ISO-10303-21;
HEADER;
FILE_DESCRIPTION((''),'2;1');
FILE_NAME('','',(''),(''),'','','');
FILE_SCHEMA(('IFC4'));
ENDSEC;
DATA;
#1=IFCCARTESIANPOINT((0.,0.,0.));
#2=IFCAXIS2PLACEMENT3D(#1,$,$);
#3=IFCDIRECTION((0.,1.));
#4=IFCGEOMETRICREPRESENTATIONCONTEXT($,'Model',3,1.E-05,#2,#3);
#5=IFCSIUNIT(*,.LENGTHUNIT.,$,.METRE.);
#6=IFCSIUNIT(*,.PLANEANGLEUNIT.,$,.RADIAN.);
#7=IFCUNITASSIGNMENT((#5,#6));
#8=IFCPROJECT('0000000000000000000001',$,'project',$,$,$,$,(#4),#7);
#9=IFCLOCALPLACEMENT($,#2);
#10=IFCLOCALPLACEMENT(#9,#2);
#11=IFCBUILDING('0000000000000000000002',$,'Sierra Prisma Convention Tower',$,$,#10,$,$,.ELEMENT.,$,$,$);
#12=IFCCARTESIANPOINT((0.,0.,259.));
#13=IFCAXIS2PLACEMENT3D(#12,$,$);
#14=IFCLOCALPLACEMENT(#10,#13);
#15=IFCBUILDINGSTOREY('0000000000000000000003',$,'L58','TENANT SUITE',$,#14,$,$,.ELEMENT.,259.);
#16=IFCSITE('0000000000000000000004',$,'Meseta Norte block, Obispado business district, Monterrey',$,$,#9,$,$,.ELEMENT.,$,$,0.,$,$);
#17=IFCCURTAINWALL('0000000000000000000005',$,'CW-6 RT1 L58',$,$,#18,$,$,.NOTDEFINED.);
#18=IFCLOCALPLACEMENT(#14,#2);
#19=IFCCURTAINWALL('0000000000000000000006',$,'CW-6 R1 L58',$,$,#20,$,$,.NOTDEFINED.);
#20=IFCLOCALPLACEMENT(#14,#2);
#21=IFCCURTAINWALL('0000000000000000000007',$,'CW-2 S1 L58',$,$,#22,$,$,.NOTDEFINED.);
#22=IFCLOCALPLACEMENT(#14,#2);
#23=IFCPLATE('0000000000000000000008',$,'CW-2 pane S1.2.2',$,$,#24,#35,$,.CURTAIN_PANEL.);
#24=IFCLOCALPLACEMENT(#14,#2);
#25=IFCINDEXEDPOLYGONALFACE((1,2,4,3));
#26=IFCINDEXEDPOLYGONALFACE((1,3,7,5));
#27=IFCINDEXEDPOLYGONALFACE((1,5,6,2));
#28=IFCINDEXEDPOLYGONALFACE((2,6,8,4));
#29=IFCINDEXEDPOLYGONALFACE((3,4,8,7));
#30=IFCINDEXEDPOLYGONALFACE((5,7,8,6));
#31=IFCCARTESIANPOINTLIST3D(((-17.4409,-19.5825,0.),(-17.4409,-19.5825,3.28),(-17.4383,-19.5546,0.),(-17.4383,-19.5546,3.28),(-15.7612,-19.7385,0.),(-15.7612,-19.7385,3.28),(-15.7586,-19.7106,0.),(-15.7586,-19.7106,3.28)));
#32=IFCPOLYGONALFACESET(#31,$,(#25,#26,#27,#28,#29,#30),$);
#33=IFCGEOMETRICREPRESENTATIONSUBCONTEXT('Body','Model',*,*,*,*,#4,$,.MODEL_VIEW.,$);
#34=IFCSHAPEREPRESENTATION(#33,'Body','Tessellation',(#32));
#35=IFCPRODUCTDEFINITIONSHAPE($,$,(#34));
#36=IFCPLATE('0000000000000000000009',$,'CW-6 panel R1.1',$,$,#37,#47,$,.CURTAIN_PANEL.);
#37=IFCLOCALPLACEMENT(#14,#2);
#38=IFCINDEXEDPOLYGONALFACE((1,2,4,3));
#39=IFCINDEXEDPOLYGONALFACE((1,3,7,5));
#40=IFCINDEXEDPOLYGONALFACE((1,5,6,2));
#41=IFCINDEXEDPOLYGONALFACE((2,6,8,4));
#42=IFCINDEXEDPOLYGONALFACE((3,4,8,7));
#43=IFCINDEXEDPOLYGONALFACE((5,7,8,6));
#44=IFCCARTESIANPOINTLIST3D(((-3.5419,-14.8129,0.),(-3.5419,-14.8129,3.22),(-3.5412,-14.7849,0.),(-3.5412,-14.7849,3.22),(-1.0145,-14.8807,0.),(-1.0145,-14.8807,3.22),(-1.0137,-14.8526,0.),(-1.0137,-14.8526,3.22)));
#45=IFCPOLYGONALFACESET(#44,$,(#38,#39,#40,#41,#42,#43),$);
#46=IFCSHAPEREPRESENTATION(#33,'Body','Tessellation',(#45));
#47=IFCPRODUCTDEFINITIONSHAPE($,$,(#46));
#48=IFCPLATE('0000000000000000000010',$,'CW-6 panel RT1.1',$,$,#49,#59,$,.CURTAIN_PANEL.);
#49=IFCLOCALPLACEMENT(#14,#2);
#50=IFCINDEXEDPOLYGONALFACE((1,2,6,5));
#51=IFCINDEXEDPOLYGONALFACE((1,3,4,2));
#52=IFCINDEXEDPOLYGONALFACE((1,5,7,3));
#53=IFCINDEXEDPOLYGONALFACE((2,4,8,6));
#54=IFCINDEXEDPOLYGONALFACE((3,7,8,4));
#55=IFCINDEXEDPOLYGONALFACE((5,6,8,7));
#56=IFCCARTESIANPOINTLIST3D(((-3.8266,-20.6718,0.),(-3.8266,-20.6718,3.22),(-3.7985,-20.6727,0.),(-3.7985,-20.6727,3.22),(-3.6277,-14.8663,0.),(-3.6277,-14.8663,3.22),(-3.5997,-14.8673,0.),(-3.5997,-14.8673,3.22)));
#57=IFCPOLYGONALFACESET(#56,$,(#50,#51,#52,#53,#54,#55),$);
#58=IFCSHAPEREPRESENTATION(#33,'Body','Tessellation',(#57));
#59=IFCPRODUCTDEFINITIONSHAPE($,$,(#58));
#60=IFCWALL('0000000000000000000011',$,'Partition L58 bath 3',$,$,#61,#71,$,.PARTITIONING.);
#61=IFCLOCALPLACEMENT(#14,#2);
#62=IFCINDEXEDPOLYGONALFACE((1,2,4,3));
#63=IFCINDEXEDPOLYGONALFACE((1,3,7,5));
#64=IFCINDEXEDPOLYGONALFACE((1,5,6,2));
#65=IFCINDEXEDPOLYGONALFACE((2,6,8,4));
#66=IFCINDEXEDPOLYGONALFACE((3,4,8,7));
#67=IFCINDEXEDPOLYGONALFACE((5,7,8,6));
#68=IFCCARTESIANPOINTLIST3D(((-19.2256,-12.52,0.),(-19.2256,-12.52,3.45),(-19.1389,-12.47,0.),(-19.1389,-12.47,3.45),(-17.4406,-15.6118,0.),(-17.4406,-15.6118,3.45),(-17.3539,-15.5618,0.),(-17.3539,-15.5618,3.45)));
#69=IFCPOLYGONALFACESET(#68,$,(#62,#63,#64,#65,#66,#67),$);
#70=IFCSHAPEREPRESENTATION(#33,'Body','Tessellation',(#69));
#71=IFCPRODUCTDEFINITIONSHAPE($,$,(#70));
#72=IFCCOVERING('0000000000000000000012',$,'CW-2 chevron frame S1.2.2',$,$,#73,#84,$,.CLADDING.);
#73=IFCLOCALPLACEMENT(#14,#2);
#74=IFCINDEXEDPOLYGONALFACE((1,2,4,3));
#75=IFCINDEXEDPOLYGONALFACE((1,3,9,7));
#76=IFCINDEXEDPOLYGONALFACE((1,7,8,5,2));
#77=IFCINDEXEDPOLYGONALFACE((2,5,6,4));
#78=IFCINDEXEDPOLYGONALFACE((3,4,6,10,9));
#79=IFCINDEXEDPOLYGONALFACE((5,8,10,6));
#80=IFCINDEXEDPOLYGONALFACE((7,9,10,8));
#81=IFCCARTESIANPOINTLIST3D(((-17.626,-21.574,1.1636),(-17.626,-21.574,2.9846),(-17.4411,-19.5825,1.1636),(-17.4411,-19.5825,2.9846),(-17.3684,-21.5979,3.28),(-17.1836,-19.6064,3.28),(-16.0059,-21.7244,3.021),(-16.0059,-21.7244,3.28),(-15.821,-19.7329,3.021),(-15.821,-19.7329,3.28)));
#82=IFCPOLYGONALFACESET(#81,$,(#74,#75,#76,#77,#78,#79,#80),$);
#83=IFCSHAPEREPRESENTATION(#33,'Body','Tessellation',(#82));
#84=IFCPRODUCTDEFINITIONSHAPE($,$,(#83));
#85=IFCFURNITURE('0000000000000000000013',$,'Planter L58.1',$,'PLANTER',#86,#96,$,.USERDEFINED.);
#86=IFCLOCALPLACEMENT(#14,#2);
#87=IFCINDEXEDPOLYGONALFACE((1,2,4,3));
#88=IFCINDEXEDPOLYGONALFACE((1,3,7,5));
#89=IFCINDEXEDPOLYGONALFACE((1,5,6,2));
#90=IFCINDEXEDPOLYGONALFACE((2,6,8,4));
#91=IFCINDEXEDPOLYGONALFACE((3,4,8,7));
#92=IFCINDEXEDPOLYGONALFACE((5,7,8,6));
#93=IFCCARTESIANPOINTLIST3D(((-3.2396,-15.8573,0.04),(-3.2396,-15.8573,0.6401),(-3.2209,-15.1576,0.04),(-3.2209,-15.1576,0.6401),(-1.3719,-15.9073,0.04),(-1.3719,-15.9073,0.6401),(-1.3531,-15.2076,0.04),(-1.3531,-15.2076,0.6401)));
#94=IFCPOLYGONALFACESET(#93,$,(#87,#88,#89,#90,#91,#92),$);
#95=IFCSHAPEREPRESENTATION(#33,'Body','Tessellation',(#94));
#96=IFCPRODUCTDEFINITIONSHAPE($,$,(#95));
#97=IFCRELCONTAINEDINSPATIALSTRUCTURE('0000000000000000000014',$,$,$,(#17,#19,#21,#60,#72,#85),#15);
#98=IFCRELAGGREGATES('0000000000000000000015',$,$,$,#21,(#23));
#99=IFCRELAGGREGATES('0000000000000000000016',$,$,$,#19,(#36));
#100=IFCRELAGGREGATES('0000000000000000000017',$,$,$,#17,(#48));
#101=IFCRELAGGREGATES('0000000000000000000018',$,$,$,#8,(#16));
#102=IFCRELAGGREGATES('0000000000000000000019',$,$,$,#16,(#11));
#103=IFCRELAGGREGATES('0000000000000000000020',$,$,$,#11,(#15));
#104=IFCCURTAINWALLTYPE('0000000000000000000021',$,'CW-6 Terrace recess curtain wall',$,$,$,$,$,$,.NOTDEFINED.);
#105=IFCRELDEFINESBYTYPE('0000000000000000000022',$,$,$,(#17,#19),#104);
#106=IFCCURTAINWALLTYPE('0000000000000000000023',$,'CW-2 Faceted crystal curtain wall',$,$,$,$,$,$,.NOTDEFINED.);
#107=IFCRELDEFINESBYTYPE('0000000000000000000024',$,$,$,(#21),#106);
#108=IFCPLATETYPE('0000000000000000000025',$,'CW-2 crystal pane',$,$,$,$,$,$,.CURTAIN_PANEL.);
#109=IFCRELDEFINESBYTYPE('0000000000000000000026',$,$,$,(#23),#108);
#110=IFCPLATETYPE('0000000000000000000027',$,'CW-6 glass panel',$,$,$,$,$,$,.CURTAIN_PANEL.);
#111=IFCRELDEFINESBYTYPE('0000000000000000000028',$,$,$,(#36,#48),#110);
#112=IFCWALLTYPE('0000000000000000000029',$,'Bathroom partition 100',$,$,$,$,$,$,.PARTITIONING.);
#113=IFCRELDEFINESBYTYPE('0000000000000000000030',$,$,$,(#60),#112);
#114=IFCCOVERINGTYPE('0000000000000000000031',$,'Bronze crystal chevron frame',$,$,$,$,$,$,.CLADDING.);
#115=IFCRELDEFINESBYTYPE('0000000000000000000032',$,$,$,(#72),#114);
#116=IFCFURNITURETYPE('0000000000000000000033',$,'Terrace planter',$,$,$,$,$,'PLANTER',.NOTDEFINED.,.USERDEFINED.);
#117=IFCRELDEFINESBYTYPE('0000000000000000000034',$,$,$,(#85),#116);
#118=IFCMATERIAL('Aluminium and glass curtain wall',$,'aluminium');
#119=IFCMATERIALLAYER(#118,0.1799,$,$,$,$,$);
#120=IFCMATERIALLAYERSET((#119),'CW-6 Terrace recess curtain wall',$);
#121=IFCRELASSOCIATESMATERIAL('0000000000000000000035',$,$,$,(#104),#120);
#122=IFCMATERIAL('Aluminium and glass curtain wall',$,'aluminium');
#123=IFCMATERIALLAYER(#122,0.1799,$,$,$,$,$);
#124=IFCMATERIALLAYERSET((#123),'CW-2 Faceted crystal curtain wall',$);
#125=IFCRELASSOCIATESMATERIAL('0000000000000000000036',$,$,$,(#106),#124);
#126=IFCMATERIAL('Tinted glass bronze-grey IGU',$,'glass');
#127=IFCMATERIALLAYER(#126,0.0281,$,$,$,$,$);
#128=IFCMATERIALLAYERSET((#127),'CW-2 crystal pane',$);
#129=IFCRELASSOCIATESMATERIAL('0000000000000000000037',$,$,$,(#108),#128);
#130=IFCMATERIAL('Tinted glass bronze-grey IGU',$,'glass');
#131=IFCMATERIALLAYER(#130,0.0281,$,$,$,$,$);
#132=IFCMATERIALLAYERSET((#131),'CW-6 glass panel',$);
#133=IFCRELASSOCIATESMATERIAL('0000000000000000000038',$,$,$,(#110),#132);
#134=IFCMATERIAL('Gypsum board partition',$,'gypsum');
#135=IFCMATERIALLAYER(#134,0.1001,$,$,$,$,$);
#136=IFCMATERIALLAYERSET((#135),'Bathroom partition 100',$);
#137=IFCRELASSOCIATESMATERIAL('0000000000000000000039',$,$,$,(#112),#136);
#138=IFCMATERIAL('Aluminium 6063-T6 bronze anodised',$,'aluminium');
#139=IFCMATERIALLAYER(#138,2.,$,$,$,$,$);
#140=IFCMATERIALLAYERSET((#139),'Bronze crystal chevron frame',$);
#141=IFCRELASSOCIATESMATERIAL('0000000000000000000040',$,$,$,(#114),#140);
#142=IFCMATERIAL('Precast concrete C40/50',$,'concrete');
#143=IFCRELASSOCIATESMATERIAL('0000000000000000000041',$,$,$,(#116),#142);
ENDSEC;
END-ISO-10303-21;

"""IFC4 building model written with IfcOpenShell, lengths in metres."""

from ifc_helpers import new_model, si_unit, direction, frame, frame_2d, origin, origin_2d, place, context, subcontext, project, spatial, polyline, rectangle, outline, extrude, material, layer, layer_set, type_object, element, aggregate, save


model = new_model("IFC4")

# Units and contexts
model_context = context("Model", 3, precision=1e-05, world=origin(), true_north=direction((0.0, 1.0)))
body_context = subcontext(model_context, "Body", "Model", "MODEL_VIEW")
ifc_project = project(units=[si_unit("LENGTHUNIT", "METRE"), si_unit("PLANEANGLEUNIT", "RADIAN")], contexts=[model_context])

# Site, building, storey
site_placement = place(None, origin())
site = spatial("IfcSite", under=ifc_project, at=site_placement, Name="Meseta Norte block, Obispado business district, Monterrey", CompositionType="ELEMENT", RefElevation=0.0)
building_placement = place(site_placement, origin())
building = spatial("IfcBuilding", under=site, at=building_placement, Name="Sierra Prisma Convention Tower", CompositionType="ELEMENT")
storey_placement = place(building_placement, frame((0.0, 0.0, 259.0)))
storey = spatial("IfcBuildingStorey", under=building, at=storey_placement, Name="L58", Description="TENANT SUITE", CompositionType="ELEMENT", Elevation=259.0)

# Curtain wall
ifc_material_1 = material(Name="Aluminium and glass curtain wall", Category="aluminium")
ifc_layer_1 = layer(ifc_material_1, 0.1799)
ifc_layer_set_1 = layer_set([ifc_layer_1], Name="CW-6 Terrace recess curtain wall")
curtain_wall_type_1 = type_object("IfcCurtainWallType", Name="CW-6 Terrace recess curtain wall", PredefinedType="NOTDEFINED", material=ifc_layer_set_1)
curtain_wall_1_placement = place(storey_placement, origin())
curtain_wall_1 = element("IfcCurtainWall", 1, at=curtain_wall_1_placement, inside=storey, type_object=curtain_wall_type_1, Name="CW-6 RT1 L58", PredefinedType="NOTDEFINED")

# Curtain wall
curtain_wall_2_placement = place(storey_placement, origin())
curtain_wall_2 = element("IfcCurtainWall", 2, at=curtain_wall_2_placement, inside=storey, type_object=curtain_wall_type_1, Name="CW-6 R1 L58", PredefinedType="NOTDEFINED")

# Curtain wall, plate
ifc_material_2 = material(Name="Aluminium and glass curtain wall", Category="aluminium")
ifc_layer_2 = layer(ifc_material_2, 0.1799)
ifc_layer_set_2 = layer_set([ifc_layer_2], Name="CW-2 Faceted crystal curtain wall")
curtain_wall_type_2 = type_object("IfcCurtainWallType", Name="CW-2 Faceted crystal curtain wall", PredefinedType="NOTDEFINED", material=ifc_layer_set_2)
curtain_wall_3_placement = place(storey_placement, origin())
curtain_wall_3 = element("IfcCurtainWall", 3, at=curtain_wall_3_placement, inside=storey, type_object=curtain_wall_type_2, Name="CW-2 S1 L58", PredefinedType="NOTDEFINED")
ifc_material_3 = material(Name="Tinted glass bronze-grey IGU", Category="glass")
ifc_layer_3 = layer(ifc_material_3, 0.0281)
ifc_layer_set_3 = layer_set([ifc_layer_3], Name="CW-2 crystal pane")
plate_type_1 = type_object("IfcPlateType", Name="CW-2 crystal pane", PredefinedType="CURTAIN_PANEL", material=ifc_layer_set_3)
plate_1_placement = place(storey_placement, frame((-15.7612, -19.7385, 0.0), z_axis=(-0.09248, -0.995715, 0.0), x_axis=(-0.995715, 0.09248, 0.0)))
plate_1 = element("IfcPlate", 4, at=plate_1_placement, type_object=plate_type_1, Name="CW-2 pane S1.2.2", PredefinedType="CURTAIN_PANEL", context=body_context, shape_type="SweptSolid", body=[
    extrude(outline(polyline([(0.0, 0.0), (1.6869, 0.0), (1.6869, -3.28), (0.0, -3.28), (0.0, 0.0)])), origin(), (0.0, 0.0, -1.0), 0.0281),
])
aggregate(curtain_wall_3, [plate_1])

# Plates
ifc_material_4 = material(Name="Tinted glass bronze-grey IGU", Category="glass")
ifc_layer_4 = layer(ifc_material_4, 0.0281)
ifc_layer_set_4 = layer_set([ifc_layer_4], Name="CW-6 glass panel")
plate_type_2 = type_object("IfcPlateType", Name="CW-6 glass panel", PredefinedType="CURTAIN_PANEL", material=ifc_layer_set_4)
plate_2_placement = place(storey_placement, frame((-2.2778, -14.8328, 0.0), z_axis=(0.0, 0.0, 1.0), x_axis=(0.999641, -0.026791, 0.0)))
plate_2 = element("IfcPlate", 5, at=plate_2_placement, type_object=plate_type_2, Name="CW-6 panel R1.1", PredefinedType="CURTAIN_PANEL", context=body_context, shape_type="SweptSolid", body=[
    extrude(rectangle(XDim=2.5283, YDim=0.0281, at=origin_2d()), origin(), (0.0, 0.0, 1.0), 3.22),
])
aggregate(curtain_wall_2, [plate_2])
plate_3_placement = place(storey_placement, frame((-3.7131, -17.7695, 0.0), z_axis=(0.0, 0.0, 1.0), x_axis=(0.03423, 0.999414, 0.0)))
plate_3 = element("IfcPlate", 6, at=plate_3_placement, type_object=plate_type_2, Name="CW-6 panel RT1.1", PredefinedType="CURTAIN_PANEL", context=body_context, shape_type="SweptSolid", body=[
    extrude(rectangle(XDim=5.8088, YDim=0.0281, at=origin_2d()), origin(), (0.0, 0.0, 1.0), 3.22),
])
aggregate(curtain_wall_1, [plate_3])

# Wall
ifc_material_5 = material(Name="Gypsum board partition", Category="gypsum")
ifc_layer_5 = layer(ifc_material_5, 0.1001)
ifc_layer_set_5 = layer_set([ifc_layer_5], Name="Bathroom partition 100")
wall_type = type_object("IfcWallType", Name="Bathroom partition 100", PredefinedType="PARTITIONING", material=ifc_layer_set_5)
wall_placement = place(storey_placement, frame((-17.3972, -15.5869, 0.0), z_axis=(0.0, 0.0, 1.0), x_axis=(-0.499971, 0.866042, 0.0)))
element("IfcWall", 7, at=wall_placement, inside=storey, type_object=wall_type, Name="Partition L58 bath 3", PredefinedType="PARTITIONING", context=body_context, shape_type="SweptSolid", body=[
    extrude(rectangle(XDim=3.5701, YDim=0.1001, at=frame_2d((1.7852, 0.0))), origin(), (0.0, 0.0, 1.0), 3.45),
])

# Covering
ifc_material_6 = material(Name="Aluminium 6063-T6 bronze anodised", Category="aluminium")
ifc_layer_6 = layer(ifc_material_6, 2.0)
ifc_layer_set_6 = layer_set([ifc_layer_6], Name="Bronze crystal chevron frame")
covering_type = type_object("IfcCoveringType", Name="Bronze crystal chevron frame", PredefinedType="CLADDING", material=ifc_layer_set_6)
covering_placement = place(storey_placement, frame((-16.0059, -21.7244, 3.28), z_axis=(-0.092428, -0.995719, -0.000007), x_axis=(-0.995719, 0.092428, 0.0)))
element("IfcCovering", 8, at=covering_placement, inside=storey, type_object=covering_type, Name="CW-2 chevron frame S1.2.2", PredefinedType="CLADDING", context=body_context, shape_type="SweptSolid", body=[
    extrude(outline(polyline([(0.0, 0.0), (1.3684, 0.0), (1.6271, 0.2954), (1.6271, 2.1165), (0.0, 0.259), (0.0, 0.0)])), origin(), (0.0, 0.0, -1.0), 2.0),
])

# Furniture
ifc_material_7 = material(Name="Precast concrete C40/50", Category="concrete")
furniture_type = type_object("IfcFurnitureType", Name="Terrace planter", ElementType="PLANTER", AssemblyPlace="NOTDEFINED", PredefinedType="USERDEFINED", material=ifc_material_7)
furniture_placement = place(storey_placement, frame((-2.2964, -15.5325, 0.04), z_axis=(0.0, 0.0, 1.0), x_axis=(0.999641, -0.026791, 0.0)))
element("IfcFurniture", 9, at=furniture_placement, inside=storey, type_object=furniture_type, Name="Planter L58.1", ObjectType="PLANTER", PredefinedType="USERDEFINED", context=body_context, shape_type="SweptSolid", body=[
    extrude(rectangle(XDim=1.8684, YDim=0.7, at=origin_2d()), origin(), (0.0, 0.0, 1.0), 0.6001),
])

save(model, "model.ifc")
